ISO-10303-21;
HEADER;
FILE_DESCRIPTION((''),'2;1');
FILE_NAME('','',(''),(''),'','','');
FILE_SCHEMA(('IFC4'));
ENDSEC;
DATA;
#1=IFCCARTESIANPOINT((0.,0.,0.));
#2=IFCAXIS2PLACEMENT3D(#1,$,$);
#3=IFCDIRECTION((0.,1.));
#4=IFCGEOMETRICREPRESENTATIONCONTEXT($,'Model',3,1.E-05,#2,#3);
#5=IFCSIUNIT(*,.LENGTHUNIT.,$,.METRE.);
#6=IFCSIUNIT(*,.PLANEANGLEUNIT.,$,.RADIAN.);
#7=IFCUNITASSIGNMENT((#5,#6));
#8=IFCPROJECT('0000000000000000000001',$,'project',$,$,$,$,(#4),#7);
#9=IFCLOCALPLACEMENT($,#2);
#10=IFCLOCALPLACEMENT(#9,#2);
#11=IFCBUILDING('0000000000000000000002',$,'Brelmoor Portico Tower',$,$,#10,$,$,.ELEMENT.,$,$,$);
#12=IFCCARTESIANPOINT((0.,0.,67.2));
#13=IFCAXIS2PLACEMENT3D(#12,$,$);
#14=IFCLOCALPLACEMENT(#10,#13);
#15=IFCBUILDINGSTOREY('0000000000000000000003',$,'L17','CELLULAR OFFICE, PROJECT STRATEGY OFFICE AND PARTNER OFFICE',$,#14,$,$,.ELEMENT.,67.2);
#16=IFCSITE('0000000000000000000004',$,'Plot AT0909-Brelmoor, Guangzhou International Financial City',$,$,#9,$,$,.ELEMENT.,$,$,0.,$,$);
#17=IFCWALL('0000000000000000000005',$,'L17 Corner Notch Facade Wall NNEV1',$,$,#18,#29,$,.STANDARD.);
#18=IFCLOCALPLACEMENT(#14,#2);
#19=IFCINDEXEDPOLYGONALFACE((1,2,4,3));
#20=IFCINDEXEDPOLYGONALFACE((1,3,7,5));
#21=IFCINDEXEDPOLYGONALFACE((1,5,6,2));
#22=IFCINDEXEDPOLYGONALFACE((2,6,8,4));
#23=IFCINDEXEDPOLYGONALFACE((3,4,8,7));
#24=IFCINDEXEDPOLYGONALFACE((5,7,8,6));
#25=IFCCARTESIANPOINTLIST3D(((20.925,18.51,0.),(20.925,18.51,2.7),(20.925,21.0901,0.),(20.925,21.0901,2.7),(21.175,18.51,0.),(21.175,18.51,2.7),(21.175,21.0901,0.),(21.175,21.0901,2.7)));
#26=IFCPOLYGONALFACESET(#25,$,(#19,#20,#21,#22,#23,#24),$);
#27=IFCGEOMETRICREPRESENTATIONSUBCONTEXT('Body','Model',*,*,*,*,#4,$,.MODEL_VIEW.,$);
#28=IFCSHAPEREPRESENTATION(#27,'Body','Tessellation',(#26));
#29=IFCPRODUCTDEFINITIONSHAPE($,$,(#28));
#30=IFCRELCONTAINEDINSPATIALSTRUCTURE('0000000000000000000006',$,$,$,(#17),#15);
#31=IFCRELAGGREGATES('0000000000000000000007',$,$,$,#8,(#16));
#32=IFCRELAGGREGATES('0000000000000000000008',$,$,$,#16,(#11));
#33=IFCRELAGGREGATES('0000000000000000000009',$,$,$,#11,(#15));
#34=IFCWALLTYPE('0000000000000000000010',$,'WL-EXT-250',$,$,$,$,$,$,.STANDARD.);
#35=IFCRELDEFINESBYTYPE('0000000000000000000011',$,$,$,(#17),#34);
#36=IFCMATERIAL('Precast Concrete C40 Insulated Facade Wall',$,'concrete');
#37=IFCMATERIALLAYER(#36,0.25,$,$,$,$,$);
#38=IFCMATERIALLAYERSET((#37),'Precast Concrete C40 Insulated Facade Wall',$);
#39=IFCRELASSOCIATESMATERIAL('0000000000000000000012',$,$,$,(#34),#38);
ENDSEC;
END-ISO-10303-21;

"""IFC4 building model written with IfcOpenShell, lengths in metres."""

from ifc_helpers import new_model, si_unit, direction, frame, frame_2d, origin, place, context, subcontext, project, spatial, rectangle, extrude, material, layer, layer_set, type_object, element, save


model = new_model("IFC4")

# Units and contexts
model_context = context("Model", 3, precision=1e-05, world=origin(), true_north=direction((0.0, 1.0)))
body_context = subcontext(model_context, "Body", "Model", "MODEL_VIEW")
ifc_project = project(units=[si_unit("LENGTHUNIT", "METRE"), si_unit("PLANEANGLEUNIT", "RADIAN")], contexts=[model_context])

# Site, building, storey
site_placement = place(None, origin())
site = spatial("IfcSite", under=ifc_project, at=site_placement, Name="Plot AT0909-Brelmoor, Guangzhou International Financial City", CompositionType="ELEMENT", RefElevation=0.0)
building_placement = place(site_placement, origin())
building = spatial("IfcBuilding", under=site, at=building_placement, Name="Brelmoor Portico Tower", CompositionType="ELEMENT")
storey_placement = place(building_placement, frame((0.0, 0.0, 67.2)))
storey = spatial("IfcBuildingStorey", under=building, at=storey_placement, Name="L17", Description="CELLULAR OFFICE, PROJECT STRATEGY OFFICE AND PARTNER OFFICE", CompositionType="ELEMENT", Elevation=67.2)

# Wall
ifc_material_1 = material(Name="Precast Concrete C40 Insulated Facade Wall", Category="concrete")
ifc_layer_1 = layer(ifc_material_1, 0.25)
ifc_layer_set_1 = layer_set([ifc_layer_1], Name="Precast Concrete C40 Insulated Facade Wall")
wall_type = type_object("IfcWallType", Name="WL-EXT-250", PredefinedType="STANDARD", material=ifc_layer_set_1)
for number, where, z_axis, x_axis, name in (
    (1, (21.05, 18.51, 0.0), (0.0, 0.0, 1.0), (0.0, 1.0, 0.0), "L17 Corner Notch Facade Wall NNEV1"),
):
    element("IfcWall", number, at=place(storey_placement, frame(where, z_axis=z_axis, x_axis=x_axis)), inside=storey, type_object=wall_type, Name=name, PredefinedType="STANDARD", context=body_context, shape_type="SweptSolid", body=[
        extrude(rectangle(XDim=2.5801, YDim=0.25, at=frame_2d((1.29, 0.0))), origin(), (0.0, 0.0, 1.0), 2.7),
    ])

save(model, "model.ifc")
